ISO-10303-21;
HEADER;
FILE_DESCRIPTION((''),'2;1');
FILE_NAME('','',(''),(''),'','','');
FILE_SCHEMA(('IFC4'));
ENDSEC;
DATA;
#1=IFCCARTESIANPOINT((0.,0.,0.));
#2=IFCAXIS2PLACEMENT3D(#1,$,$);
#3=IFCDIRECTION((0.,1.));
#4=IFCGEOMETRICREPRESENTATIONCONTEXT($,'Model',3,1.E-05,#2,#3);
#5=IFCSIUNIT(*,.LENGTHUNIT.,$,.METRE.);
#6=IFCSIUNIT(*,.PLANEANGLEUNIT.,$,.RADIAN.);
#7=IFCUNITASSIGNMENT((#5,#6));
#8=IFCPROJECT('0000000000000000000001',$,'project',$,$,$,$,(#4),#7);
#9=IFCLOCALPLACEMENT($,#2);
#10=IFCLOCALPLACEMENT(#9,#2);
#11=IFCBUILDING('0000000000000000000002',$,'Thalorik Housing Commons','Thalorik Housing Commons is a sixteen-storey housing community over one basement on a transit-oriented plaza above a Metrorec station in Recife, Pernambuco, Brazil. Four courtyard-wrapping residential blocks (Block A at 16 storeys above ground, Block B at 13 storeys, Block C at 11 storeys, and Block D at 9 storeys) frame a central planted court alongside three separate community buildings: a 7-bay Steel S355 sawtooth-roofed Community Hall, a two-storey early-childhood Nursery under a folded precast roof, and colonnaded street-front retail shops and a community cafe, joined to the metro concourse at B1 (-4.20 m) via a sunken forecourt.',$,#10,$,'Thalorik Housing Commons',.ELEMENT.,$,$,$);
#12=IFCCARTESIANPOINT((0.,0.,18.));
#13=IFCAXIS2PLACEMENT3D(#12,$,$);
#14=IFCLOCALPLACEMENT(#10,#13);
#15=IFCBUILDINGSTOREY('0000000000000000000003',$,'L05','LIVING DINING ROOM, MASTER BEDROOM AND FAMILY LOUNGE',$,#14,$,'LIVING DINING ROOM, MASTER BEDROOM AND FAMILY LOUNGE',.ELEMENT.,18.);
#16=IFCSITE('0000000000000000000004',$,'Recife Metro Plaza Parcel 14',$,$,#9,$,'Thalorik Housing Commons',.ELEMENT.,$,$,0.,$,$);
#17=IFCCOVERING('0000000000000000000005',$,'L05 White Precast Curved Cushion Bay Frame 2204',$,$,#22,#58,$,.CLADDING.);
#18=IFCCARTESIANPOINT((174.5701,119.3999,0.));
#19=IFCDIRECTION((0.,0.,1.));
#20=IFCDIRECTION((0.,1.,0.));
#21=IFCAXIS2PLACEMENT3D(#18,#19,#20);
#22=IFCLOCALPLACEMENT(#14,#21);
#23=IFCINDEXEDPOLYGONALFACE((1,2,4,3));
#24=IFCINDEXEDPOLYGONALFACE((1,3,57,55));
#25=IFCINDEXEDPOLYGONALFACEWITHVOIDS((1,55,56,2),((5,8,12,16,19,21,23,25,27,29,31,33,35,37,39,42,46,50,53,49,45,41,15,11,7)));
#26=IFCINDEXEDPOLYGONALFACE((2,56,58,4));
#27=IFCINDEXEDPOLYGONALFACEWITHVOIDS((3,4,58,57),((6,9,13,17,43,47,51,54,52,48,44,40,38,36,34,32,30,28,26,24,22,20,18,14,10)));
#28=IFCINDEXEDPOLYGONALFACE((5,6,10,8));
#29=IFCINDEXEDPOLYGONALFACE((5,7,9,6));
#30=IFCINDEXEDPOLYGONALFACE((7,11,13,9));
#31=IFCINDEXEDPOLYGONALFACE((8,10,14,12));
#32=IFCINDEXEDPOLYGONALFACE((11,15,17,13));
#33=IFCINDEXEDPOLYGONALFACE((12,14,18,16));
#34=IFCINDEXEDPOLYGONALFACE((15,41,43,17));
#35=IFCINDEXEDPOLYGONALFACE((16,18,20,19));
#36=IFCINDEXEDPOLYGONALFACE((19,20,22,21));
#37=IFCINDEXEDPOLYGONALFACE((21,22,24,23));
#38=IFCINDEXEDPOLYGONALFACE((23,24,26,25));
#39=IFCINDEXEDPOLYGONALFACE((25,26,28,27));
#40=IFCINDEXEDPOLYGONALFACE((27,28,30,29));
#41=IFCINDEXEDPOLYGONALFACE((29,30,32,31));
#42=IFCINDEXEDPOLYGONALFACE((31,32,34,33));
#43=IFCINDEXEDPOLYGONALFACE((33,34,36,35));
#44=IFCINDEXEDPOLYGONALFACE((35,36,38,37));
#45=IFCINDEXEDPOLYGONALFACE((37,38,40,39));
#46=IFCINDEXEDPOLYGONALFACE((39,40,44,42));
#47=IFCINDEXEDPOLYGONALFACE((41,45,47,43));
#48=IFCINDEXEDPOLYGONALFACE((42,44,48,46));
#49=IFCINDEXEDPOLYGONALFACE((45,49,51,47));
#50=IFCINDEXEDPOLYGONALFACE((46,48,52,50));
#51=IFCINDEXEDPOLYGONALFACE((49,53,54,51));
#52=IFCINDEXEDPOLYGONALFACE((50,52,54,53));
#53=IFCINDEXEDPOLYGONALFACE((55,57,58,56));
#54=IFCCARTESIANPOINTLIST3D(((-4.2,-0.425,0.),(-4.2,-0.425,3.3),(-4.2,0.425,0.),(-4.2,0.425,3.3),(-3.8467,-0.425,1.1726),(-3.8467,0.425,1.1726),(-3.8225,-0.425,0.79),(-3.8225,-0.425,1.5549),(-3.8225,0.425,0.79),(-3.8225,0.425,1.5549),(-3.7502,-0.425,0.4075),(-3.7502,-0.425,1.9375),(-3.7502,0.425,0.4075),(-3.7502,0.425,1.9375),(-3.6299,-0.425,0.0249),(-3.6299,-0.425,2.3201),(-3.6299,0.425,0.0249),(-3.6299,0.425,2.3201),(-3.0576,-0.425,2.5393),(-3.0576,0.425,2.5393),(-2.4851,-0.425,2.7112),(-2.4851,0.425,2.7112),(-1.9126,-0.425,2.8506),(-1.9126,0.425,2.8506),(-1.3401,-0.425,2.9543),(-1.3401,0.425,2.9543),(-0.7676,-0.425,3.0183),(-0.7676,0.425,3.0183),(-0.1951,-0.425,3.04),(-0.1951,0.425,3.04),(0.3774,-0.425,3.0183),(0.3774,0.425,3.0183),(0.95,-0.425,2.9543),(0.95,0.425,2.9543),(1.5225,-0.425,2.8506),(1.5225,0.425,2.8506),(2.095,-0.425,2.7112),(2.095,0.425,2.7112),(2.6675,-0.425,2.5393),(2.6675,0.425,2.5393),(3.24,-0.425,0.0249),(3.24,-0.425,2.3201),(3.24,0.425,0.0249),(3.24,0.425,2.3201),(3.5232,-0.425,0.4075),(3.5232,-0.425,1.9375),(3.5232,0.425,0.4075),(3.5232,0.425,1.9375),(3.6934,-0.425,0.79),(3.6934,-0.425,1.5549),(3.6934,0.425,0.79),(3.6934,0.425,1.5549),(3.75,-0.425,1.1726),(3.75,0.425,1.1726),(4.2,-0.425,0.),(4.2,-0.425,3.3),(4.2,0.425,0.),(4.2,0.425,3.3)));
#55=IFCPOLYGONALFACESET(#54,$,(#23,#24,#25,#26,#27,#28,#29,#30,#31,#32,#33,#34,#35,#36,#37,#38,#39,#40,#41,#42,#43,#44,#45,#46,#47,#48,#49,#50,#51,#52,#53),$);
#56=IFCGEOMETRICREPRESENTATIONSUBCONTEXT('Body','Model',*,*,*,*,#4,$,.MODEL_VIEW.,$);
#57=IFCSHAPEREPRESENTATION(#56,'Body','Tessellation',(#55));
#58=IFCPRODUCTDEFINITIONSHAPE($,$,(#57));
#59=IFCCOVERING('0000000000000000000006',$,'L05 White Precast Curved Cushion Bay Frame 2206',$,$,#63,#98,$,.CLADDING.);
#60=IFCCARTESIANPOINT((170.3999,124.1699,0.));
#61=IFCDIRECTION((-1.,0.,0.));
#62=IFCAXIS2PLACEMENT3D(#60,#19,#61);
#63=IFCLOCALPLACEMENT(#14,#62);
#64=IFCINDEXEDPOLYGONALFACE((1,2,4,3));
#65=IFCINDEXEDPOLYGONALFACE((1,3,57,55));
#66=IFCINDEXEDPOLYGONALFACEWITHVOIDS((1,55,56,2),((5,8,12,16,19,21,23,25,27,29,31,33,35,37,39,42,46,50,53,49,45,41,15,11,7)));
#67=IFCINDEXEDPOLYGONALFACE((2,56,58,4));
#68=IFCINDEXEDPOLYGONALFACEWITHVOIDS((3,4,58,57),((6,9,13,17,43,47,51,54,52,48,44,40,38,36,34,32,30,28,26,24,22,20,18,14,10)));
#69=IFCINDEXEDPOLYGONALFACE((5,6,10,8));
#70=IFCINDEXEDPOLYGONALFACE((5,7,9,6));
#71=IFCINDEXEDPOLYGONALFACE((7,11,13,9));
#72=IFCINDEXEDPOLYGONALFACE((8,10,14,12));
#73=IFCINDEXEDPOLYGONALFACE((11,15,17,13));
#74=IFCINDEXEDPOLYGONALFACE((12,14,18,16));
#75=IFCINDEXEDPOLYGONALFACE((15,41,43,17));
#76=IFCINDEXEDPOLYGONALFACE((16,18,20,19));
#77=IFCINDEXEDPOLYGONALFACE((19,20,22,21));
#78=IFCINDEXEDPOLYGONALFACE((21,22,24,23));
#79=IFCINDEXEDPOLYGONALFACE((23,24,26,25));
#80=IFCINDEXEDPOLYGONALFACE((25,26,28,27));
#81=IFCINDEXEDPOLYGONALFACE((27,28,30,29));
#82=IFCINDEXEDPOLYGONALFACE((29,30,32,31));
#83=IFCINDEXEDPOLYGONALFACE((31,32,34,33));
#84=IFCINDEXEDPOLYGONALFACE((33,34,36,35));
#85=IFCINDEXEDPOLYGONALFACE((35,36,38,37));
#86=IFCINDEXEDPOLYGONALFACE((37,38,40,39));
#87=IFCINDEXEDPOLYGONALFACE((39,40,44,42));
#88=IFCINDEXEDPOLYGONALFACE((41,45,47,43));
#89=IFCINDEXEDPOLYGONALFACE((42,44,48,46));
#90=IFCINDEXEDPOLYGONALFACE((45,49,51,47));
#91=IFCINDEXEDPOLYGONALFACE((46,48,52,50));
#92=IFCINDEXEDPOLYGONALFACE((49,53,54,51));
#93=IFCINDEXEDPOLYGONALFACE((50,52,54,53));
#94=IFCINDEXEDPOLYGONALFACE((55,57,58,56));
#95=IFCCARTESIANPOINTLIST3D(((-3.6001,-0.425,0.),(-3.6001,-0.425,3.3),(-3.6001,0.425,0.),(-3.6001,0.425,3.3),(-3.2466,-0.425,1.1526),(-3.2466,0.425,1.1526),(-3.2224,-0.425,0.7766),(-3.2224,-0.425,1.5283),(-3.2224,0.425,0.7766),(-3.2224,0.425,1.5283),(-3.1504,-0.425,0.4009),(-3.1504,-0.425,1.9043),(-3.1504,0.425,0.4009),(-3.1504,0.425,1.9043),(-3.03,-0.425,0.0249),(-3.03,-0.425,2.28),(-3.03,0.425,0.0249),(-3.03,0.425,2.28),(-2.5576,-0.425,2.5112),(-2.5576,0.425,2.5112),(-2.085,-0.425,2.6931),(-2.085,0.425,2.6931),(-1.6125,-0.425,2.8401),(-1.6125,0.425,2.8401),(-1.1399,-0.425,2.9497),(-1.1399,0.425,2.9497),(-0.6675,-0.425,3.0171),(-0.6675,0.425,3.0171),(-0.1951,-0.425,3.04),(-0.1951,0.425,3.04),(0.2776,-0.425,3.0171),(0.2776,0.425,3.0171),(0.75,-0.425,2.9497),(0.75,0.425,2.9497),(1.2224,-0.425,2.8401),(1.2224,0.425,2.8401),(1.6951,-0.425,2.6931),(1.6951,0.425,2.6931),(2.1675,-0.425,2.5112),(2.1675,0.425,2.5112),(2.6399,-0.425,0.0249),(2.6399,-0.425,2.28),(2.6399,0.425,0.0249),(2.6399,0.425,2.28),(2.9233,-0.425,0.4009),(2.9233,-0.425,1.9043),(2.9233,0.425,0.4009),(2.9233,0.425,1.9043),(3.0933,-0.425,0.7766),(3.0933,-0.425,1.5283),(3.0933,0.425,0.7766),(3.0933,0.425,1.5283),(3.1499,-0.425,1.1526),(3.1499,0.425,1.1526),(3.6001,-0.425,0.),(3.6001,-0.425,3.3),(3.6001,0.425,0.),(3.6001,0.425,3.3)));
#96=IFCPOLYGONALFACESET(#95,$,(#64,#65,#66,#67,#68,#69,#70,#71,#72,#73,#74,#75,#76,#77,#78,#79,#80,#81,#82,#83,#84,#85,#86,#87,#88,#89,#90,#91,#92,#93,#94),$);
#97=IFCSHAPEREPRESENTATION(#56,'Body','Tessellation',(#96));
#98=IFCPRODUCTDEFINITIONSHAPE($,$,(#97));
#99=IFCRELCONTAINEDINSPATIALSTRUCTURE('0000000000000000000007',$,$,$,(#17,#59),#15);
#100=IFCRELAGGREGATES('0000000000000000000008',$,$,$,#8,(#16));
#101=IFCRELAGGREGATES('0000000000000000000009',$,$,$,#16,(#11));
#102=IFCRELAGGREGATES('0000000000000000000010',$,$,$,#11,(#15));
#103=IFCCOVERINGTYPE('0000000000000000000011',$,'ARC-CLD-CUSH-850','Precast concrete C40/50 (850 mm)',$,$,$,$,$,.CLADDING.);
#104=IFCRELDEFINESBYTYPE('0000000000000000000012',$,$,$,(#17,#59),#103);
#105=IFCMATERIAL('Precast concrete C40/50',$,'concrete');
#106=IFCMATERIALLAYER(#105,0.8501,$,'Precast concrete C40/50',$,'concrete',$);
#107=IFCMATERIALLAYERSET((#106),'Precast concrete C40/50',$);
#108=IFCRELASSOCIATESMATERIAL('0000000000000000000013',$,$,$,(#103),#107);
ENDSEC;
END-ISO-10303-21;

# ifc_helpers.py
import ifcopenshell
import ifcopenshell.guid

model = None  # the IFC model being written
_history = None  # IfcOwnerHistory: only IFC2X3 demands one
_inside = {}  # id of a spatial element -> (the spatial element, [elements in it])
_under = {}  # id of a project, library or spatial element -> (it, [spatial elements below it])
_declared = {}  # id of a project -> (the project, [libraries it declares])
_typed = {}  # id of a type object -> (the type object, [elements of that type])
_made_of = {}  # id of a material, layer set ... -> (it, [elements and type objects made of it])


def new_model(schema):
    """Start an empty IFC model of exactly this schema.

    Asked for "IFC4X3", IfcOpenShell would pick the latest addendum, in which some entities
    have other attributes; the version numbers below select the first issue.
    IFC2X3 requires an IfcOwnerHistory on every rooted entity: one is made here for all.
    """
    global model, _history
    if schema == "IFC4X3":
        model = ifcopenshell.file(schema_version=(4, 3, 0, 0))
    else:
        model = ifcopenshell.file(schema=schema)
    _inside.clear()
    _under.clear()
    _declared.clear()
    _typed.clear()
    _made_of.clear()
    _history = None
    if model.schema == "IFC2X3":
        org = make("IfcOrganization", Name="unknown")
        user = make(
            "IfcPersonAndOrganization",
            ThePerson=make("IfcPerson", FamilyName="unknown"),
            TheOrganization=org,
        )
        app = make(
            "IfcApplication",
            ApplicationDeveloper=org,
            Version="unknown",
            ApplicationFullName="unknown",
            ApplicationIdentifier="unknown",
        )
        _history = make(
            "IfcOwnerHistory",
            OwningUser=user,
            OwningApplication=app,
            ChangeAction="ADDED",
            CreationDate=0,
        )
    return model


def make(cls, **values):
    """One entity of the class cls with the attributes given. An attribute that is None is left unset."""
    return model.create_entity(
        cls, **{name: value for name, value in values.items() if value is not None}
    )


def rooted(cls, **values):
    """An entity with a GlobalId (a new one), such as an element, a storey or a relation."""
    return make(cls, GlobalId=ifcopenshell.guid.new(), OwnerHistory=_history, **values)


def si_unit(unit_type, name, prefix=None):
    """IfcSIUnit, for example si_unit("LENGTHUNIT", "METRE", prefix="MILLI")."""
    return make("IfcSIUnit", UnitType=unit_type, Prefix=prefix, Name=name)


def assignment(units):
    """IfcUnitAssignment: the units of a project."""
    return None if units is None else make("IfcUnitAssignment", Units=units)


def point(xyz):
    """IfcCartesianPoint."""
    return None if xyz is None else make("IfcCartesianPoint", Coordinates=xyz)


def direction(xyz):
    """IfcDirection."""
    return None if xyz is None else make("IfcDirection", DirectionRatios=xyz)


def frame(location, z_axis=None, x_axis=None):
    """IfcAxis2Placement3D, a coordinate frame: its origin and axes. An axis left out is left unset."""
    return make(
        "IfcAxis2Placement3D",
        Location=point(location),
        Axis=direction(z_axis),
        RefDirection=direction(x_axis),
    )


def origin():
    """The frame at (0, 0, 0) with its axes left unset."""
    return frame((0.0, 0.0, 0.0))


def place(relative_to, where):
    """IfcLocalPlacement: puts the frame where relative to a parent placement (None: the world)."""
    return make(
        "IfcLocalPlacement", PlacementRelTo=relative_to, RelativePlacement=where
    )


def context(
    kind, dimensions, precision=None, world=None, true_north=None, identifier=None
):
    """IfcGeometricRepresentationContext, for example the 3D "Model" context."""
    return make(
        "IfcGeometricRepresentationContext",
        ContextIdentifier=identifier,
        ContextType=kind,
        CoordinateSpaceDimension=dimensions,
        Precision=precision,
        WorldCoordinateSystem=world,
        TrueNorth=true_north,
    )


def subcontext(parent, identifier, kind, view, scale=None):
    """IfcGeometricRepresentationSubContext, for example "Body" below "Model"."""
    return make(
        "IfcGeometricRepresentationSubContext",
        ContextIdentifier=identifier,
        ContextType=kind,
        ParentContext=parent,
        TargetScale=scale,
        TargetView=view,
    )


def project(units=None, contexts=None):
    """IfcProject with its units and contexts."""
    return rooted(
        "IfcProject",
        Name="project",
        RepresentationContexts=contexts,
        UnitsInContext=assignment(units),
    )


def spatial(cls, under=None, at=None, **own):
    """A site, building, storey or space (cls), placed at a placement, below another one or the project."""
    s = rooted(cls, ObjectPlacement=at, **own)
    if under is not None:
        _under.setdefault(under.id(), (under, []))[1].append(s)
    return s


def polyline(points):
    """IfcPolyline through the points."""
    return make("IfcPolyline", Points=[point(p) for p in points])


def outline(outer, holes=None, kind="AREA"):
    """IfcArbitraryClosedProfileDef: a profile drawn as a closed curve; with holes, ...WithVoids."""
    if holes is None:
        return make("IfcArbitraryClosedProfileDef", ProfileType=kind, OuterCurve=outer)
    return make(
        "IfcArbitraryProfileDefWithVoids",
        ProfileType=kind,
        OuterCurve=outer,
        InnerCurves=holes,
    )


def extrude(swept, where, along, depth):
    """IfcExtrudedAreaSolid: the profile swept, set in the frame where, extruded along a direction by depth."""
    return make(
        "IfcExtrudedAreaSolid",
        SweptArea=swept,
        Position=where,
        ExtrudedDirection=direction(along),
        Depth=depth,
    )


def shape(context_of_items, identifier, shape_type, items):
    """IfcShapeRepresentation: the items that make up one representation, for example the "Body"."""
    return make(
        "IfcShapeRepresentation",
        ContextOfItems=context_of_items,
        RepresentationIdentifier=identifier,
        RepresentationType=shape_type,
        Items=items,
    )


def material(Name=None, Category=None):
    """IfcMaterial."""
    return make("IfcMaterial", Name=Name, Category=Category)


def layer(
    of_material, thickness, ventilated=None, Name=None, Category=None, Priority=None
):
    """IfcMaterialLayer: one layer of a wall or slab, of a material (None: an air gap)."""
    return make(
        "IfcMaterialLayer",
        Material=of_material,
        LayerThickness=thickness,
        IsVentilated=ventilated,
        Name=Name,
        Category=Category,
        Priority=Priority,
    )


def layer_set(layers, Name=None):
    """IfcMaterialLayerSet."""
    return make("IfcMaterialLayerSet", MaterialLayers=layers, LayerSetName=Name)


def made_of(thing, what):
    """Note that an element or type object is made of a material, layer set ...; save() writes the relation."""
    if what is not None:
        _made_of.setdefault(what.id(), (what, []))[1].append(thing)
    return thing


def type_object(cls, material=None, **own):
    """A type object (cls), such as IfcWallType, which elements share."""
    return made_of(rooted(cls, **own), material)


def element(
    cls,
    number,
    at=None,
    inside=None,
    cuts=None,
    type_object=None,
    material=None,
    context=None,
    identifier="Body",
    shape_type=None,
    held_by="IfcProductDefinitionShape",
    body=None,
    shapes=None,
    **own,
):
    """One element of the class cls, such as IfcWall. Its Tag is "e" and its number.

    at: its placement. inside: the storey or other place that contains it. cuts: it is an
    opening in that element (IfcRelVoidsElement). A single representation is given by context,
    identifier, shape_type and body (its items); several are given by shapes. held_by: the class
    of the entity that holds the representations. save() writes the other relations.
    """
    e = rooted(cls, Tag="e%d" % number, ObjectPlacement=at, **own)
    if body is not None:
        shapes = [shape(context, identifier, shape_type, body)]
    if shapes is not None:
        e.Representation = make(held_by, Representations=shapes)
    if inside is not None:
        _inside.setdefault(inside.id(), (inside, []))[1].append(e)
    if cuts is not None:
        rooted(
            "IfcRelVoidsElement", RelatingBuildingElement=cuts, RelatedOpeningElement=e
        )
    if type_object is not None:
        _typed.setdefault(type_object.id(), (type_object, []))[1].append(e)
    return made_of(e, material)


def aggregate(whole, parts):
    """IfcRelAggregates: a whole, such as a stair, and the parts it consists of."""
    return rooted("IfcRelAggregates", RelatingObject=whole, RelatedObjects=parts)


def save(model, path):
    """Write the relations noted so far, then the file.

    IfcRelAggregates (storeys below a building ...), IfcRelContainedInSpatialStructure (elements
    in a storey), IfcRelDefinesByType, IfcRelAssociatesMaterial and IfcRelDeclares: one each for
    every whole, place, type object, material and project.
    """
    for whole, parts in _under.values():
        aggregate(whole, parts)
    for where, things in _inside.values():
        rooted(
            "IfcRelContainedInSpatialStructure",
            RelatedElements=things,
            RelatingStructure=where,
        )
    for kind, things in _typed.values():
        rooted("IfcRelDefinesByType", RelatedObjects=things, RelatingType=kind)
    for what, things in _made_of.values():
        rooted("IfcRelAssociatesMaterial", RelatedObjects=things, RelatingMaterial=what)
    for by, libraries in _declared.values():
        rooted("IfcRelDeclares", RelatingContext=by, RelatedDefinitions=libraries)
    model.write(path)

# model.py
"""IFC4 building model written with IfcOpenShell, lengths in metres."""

from ifc_helpers import new_model, si_unit, direction, frame, origin, place, context, subcontext, project, spatial, polyline, outline, extrude, material, layer, layer_set, type_object, element, save


model = new_model("IFC4")

# Units and contexts
model_context = context("Model", 3, precision=1e-05, world=origin(), true_north=direction((0.0, 1.0)))
body_context = subcontext(model_context, "Body", "Model", "MODEL_VIEW")
ifc_project = project(units=[si_unit("LENGTHUNIT", "METRE"), si_unit("PLANEANGLEUNIT", "RADIAN")], contexts=[model_context])

# Site, building, storey
site_placement = place(None, origin())
site = spatial("IfcSite", under=ifc_project, at=site_placement, Name="Recife Metro Plaza Parcel 14", LongName="Thalorik Housing Commons", CompositionType="ELEMENT", RefElevation=0.0)
building_placement = place(site_placement, origin())
building = spatial("IfcBuilding", under=site, at=building_placement, Name="Thalorik Housing Commons", Description="Thalorik Housing Commons is a sixteen-storey housing community over one basement on a transit-oriented plaza above a Metrorec station in Recife, Pernambuco, Brazil. Four courtyard-wrapping residential blocks (Block A at 16 storeys above ground, Block B at 13 storeys, Block C at 11 storeys, and Block D at 9 storeys) frame a central planted court alongside three separate community buildings: a 7-bay Steel S355 sawtooth-roofed Community Hall, a two-storey early-childhood Nursery under a folded precast roof, and colonnaded street-front retail shops and a community cafe, joined to the metro concourse at B1 (-4.20 m) via a sunken forecourt.", LongName="Thalorik Housing Commons", CompositionType="ELEMENT")
storey_placement = place(building_placement, frame((0.0, 0.0, 18.0)))
storey = spatial("IfcBuildingStorey", under=building, at=storey_placement, Name="L05", Description="LIVING DINING ROOM, MASTER BEDROOM AND FAMILY LOUNGE", LongName="LIVING DINING ROOM, MASTER BEDROOM AND FAMILY LOUNGE", CompositionType="ELEMENT", Elevation=18.0)

# Shared definitions
ifc_material_1 = material(Name="Precast concrete C40/50", Category="concrete")

# Coverings
ifc_layer_1 = layer(ifc_material_1, 0.8501, Name="Precast concrete C40/50", Category="concrete")
ifc_layer_set_1 = layer_set([ifc_layer_1], Name="Precast concrete C40/50")
covering_type_1 = type_object("IfcCoveringType", Name="ARC-CLD-CUSH-850", Description="Precast concrete C40/50 (850 mm)", PredefinedType="CLADDING", material=ifc_layer_set_1)
covering_1_placement = place(storey_placement, frame((174.5701, 119.3999, 0.0), z_axis=(0.0, 0.0, 1.0), x_axis=(0.0, 1.0, 0.0)))
element("IfcCovering", 1, at=covering_1_placement, inside=storey, type_object=covering_type_1, Name="L05 White Precast Curved Cushion Bay Frame 2204", PredefinedType="CLADDING", context=body_context, shape_type="SweptSolid", body=[
    extrude(outline(polyline([(-4.2, 0.0), (4.2, 0.0), (4.2, 3.3), (-4.2, 3.3), (-4.2, 0.0)]), holes=[polyline([(3.24, 0.0249), (3.5232, 0.4075), (3.6934, 0.79), (3.75, 1.1726), (3.6934, 1.5549), (3.5232, 1.9375), (3.24, 2.3201), (2.6675, 2.5393), (2.095, 2.7112), (1.5225, 2.8506), (0.95, 2.9543), (0.3774, 3.0183), (-0.1951, 3.04), (-0.7676, 3.0183), (-1.3401, 2.9543), (-1.9126, 2.8506), (-2.4851, 2.7112), (-3.0576, 2.5393), (-3.6299, 2.3201), (-3.7502, 1.9375), (-3.8225, 1.5549), (-3.8467, 1.1726), (-3.8225, 0.79), (-3.7502, 0.4075), (-3.6299, 0.0249), (3.24, 0.0249)])]), frame((0.0, 0.425, 0.0), z_axis=(0.0, -1.0, 0.0), x_axis=(1.0, 0.0, 0.0)), (0.0, 0.0, 1.0), 0.8501),
])
covering_2_placement = place(storey_placement, frame((170.3999, 124.1699, 0.0), z_axis=(0.0, 0.0, 1.0), x_axis=(-1.0, 0.0, 0.0)))
element("IfcCovering", 2, at=covering_2_placement, inside=storey, type_object=covering_type_1, Name="L05 White Precast Curved Cushion Bay Frame 2206", PredefinedType="CLADDING", context=body_context, shape_type="SweptSolid", body=[
    extrude(outline(polyline([(-3.6001, 0.0), (3.6001, 0.0), (3.6001, 3.3), (-3.6001, 3.3), (-3.6001, 0.0)]), holes=[polyline([(2.6399, 0.0249), (2.9233, 0.4009), (3.0933, 0.7766), (3.1499, 1.1526), (3.0933, 1.5283), (2.9233, 1.9043), (2.6399, 2.28), (2.1675, 2.5112), (1.6951, 2.6931), (1.2224, 2.8401), (0.75, 2.9497), (0.2776, 3.0171), (-0.1951, 3.04), (-0.6675, 3.0171), (-1.1399, 2.9497), (-1.6125, 2.8401), (-2.085, 2.6931), (-2.5576, 2.5112), (-3.03, 2.28), (-3.1504, 1.9043), (-3.2224, 1.5283), (-3.2466, 1.1526), (-3.2224, 0.7766), (-3.1504, 0.4009), (-3.03, 0.0249), (2.6399, 0.0249)])]), frame((0.0, 0.425, 0.0), z_axis=(0.0, -1.0, 0.0), x_axis=(1.0, 0.0, 0.0)), (0.0, 0.0, 1.0), 0.8501),
])

save(model, "model.ifc")
